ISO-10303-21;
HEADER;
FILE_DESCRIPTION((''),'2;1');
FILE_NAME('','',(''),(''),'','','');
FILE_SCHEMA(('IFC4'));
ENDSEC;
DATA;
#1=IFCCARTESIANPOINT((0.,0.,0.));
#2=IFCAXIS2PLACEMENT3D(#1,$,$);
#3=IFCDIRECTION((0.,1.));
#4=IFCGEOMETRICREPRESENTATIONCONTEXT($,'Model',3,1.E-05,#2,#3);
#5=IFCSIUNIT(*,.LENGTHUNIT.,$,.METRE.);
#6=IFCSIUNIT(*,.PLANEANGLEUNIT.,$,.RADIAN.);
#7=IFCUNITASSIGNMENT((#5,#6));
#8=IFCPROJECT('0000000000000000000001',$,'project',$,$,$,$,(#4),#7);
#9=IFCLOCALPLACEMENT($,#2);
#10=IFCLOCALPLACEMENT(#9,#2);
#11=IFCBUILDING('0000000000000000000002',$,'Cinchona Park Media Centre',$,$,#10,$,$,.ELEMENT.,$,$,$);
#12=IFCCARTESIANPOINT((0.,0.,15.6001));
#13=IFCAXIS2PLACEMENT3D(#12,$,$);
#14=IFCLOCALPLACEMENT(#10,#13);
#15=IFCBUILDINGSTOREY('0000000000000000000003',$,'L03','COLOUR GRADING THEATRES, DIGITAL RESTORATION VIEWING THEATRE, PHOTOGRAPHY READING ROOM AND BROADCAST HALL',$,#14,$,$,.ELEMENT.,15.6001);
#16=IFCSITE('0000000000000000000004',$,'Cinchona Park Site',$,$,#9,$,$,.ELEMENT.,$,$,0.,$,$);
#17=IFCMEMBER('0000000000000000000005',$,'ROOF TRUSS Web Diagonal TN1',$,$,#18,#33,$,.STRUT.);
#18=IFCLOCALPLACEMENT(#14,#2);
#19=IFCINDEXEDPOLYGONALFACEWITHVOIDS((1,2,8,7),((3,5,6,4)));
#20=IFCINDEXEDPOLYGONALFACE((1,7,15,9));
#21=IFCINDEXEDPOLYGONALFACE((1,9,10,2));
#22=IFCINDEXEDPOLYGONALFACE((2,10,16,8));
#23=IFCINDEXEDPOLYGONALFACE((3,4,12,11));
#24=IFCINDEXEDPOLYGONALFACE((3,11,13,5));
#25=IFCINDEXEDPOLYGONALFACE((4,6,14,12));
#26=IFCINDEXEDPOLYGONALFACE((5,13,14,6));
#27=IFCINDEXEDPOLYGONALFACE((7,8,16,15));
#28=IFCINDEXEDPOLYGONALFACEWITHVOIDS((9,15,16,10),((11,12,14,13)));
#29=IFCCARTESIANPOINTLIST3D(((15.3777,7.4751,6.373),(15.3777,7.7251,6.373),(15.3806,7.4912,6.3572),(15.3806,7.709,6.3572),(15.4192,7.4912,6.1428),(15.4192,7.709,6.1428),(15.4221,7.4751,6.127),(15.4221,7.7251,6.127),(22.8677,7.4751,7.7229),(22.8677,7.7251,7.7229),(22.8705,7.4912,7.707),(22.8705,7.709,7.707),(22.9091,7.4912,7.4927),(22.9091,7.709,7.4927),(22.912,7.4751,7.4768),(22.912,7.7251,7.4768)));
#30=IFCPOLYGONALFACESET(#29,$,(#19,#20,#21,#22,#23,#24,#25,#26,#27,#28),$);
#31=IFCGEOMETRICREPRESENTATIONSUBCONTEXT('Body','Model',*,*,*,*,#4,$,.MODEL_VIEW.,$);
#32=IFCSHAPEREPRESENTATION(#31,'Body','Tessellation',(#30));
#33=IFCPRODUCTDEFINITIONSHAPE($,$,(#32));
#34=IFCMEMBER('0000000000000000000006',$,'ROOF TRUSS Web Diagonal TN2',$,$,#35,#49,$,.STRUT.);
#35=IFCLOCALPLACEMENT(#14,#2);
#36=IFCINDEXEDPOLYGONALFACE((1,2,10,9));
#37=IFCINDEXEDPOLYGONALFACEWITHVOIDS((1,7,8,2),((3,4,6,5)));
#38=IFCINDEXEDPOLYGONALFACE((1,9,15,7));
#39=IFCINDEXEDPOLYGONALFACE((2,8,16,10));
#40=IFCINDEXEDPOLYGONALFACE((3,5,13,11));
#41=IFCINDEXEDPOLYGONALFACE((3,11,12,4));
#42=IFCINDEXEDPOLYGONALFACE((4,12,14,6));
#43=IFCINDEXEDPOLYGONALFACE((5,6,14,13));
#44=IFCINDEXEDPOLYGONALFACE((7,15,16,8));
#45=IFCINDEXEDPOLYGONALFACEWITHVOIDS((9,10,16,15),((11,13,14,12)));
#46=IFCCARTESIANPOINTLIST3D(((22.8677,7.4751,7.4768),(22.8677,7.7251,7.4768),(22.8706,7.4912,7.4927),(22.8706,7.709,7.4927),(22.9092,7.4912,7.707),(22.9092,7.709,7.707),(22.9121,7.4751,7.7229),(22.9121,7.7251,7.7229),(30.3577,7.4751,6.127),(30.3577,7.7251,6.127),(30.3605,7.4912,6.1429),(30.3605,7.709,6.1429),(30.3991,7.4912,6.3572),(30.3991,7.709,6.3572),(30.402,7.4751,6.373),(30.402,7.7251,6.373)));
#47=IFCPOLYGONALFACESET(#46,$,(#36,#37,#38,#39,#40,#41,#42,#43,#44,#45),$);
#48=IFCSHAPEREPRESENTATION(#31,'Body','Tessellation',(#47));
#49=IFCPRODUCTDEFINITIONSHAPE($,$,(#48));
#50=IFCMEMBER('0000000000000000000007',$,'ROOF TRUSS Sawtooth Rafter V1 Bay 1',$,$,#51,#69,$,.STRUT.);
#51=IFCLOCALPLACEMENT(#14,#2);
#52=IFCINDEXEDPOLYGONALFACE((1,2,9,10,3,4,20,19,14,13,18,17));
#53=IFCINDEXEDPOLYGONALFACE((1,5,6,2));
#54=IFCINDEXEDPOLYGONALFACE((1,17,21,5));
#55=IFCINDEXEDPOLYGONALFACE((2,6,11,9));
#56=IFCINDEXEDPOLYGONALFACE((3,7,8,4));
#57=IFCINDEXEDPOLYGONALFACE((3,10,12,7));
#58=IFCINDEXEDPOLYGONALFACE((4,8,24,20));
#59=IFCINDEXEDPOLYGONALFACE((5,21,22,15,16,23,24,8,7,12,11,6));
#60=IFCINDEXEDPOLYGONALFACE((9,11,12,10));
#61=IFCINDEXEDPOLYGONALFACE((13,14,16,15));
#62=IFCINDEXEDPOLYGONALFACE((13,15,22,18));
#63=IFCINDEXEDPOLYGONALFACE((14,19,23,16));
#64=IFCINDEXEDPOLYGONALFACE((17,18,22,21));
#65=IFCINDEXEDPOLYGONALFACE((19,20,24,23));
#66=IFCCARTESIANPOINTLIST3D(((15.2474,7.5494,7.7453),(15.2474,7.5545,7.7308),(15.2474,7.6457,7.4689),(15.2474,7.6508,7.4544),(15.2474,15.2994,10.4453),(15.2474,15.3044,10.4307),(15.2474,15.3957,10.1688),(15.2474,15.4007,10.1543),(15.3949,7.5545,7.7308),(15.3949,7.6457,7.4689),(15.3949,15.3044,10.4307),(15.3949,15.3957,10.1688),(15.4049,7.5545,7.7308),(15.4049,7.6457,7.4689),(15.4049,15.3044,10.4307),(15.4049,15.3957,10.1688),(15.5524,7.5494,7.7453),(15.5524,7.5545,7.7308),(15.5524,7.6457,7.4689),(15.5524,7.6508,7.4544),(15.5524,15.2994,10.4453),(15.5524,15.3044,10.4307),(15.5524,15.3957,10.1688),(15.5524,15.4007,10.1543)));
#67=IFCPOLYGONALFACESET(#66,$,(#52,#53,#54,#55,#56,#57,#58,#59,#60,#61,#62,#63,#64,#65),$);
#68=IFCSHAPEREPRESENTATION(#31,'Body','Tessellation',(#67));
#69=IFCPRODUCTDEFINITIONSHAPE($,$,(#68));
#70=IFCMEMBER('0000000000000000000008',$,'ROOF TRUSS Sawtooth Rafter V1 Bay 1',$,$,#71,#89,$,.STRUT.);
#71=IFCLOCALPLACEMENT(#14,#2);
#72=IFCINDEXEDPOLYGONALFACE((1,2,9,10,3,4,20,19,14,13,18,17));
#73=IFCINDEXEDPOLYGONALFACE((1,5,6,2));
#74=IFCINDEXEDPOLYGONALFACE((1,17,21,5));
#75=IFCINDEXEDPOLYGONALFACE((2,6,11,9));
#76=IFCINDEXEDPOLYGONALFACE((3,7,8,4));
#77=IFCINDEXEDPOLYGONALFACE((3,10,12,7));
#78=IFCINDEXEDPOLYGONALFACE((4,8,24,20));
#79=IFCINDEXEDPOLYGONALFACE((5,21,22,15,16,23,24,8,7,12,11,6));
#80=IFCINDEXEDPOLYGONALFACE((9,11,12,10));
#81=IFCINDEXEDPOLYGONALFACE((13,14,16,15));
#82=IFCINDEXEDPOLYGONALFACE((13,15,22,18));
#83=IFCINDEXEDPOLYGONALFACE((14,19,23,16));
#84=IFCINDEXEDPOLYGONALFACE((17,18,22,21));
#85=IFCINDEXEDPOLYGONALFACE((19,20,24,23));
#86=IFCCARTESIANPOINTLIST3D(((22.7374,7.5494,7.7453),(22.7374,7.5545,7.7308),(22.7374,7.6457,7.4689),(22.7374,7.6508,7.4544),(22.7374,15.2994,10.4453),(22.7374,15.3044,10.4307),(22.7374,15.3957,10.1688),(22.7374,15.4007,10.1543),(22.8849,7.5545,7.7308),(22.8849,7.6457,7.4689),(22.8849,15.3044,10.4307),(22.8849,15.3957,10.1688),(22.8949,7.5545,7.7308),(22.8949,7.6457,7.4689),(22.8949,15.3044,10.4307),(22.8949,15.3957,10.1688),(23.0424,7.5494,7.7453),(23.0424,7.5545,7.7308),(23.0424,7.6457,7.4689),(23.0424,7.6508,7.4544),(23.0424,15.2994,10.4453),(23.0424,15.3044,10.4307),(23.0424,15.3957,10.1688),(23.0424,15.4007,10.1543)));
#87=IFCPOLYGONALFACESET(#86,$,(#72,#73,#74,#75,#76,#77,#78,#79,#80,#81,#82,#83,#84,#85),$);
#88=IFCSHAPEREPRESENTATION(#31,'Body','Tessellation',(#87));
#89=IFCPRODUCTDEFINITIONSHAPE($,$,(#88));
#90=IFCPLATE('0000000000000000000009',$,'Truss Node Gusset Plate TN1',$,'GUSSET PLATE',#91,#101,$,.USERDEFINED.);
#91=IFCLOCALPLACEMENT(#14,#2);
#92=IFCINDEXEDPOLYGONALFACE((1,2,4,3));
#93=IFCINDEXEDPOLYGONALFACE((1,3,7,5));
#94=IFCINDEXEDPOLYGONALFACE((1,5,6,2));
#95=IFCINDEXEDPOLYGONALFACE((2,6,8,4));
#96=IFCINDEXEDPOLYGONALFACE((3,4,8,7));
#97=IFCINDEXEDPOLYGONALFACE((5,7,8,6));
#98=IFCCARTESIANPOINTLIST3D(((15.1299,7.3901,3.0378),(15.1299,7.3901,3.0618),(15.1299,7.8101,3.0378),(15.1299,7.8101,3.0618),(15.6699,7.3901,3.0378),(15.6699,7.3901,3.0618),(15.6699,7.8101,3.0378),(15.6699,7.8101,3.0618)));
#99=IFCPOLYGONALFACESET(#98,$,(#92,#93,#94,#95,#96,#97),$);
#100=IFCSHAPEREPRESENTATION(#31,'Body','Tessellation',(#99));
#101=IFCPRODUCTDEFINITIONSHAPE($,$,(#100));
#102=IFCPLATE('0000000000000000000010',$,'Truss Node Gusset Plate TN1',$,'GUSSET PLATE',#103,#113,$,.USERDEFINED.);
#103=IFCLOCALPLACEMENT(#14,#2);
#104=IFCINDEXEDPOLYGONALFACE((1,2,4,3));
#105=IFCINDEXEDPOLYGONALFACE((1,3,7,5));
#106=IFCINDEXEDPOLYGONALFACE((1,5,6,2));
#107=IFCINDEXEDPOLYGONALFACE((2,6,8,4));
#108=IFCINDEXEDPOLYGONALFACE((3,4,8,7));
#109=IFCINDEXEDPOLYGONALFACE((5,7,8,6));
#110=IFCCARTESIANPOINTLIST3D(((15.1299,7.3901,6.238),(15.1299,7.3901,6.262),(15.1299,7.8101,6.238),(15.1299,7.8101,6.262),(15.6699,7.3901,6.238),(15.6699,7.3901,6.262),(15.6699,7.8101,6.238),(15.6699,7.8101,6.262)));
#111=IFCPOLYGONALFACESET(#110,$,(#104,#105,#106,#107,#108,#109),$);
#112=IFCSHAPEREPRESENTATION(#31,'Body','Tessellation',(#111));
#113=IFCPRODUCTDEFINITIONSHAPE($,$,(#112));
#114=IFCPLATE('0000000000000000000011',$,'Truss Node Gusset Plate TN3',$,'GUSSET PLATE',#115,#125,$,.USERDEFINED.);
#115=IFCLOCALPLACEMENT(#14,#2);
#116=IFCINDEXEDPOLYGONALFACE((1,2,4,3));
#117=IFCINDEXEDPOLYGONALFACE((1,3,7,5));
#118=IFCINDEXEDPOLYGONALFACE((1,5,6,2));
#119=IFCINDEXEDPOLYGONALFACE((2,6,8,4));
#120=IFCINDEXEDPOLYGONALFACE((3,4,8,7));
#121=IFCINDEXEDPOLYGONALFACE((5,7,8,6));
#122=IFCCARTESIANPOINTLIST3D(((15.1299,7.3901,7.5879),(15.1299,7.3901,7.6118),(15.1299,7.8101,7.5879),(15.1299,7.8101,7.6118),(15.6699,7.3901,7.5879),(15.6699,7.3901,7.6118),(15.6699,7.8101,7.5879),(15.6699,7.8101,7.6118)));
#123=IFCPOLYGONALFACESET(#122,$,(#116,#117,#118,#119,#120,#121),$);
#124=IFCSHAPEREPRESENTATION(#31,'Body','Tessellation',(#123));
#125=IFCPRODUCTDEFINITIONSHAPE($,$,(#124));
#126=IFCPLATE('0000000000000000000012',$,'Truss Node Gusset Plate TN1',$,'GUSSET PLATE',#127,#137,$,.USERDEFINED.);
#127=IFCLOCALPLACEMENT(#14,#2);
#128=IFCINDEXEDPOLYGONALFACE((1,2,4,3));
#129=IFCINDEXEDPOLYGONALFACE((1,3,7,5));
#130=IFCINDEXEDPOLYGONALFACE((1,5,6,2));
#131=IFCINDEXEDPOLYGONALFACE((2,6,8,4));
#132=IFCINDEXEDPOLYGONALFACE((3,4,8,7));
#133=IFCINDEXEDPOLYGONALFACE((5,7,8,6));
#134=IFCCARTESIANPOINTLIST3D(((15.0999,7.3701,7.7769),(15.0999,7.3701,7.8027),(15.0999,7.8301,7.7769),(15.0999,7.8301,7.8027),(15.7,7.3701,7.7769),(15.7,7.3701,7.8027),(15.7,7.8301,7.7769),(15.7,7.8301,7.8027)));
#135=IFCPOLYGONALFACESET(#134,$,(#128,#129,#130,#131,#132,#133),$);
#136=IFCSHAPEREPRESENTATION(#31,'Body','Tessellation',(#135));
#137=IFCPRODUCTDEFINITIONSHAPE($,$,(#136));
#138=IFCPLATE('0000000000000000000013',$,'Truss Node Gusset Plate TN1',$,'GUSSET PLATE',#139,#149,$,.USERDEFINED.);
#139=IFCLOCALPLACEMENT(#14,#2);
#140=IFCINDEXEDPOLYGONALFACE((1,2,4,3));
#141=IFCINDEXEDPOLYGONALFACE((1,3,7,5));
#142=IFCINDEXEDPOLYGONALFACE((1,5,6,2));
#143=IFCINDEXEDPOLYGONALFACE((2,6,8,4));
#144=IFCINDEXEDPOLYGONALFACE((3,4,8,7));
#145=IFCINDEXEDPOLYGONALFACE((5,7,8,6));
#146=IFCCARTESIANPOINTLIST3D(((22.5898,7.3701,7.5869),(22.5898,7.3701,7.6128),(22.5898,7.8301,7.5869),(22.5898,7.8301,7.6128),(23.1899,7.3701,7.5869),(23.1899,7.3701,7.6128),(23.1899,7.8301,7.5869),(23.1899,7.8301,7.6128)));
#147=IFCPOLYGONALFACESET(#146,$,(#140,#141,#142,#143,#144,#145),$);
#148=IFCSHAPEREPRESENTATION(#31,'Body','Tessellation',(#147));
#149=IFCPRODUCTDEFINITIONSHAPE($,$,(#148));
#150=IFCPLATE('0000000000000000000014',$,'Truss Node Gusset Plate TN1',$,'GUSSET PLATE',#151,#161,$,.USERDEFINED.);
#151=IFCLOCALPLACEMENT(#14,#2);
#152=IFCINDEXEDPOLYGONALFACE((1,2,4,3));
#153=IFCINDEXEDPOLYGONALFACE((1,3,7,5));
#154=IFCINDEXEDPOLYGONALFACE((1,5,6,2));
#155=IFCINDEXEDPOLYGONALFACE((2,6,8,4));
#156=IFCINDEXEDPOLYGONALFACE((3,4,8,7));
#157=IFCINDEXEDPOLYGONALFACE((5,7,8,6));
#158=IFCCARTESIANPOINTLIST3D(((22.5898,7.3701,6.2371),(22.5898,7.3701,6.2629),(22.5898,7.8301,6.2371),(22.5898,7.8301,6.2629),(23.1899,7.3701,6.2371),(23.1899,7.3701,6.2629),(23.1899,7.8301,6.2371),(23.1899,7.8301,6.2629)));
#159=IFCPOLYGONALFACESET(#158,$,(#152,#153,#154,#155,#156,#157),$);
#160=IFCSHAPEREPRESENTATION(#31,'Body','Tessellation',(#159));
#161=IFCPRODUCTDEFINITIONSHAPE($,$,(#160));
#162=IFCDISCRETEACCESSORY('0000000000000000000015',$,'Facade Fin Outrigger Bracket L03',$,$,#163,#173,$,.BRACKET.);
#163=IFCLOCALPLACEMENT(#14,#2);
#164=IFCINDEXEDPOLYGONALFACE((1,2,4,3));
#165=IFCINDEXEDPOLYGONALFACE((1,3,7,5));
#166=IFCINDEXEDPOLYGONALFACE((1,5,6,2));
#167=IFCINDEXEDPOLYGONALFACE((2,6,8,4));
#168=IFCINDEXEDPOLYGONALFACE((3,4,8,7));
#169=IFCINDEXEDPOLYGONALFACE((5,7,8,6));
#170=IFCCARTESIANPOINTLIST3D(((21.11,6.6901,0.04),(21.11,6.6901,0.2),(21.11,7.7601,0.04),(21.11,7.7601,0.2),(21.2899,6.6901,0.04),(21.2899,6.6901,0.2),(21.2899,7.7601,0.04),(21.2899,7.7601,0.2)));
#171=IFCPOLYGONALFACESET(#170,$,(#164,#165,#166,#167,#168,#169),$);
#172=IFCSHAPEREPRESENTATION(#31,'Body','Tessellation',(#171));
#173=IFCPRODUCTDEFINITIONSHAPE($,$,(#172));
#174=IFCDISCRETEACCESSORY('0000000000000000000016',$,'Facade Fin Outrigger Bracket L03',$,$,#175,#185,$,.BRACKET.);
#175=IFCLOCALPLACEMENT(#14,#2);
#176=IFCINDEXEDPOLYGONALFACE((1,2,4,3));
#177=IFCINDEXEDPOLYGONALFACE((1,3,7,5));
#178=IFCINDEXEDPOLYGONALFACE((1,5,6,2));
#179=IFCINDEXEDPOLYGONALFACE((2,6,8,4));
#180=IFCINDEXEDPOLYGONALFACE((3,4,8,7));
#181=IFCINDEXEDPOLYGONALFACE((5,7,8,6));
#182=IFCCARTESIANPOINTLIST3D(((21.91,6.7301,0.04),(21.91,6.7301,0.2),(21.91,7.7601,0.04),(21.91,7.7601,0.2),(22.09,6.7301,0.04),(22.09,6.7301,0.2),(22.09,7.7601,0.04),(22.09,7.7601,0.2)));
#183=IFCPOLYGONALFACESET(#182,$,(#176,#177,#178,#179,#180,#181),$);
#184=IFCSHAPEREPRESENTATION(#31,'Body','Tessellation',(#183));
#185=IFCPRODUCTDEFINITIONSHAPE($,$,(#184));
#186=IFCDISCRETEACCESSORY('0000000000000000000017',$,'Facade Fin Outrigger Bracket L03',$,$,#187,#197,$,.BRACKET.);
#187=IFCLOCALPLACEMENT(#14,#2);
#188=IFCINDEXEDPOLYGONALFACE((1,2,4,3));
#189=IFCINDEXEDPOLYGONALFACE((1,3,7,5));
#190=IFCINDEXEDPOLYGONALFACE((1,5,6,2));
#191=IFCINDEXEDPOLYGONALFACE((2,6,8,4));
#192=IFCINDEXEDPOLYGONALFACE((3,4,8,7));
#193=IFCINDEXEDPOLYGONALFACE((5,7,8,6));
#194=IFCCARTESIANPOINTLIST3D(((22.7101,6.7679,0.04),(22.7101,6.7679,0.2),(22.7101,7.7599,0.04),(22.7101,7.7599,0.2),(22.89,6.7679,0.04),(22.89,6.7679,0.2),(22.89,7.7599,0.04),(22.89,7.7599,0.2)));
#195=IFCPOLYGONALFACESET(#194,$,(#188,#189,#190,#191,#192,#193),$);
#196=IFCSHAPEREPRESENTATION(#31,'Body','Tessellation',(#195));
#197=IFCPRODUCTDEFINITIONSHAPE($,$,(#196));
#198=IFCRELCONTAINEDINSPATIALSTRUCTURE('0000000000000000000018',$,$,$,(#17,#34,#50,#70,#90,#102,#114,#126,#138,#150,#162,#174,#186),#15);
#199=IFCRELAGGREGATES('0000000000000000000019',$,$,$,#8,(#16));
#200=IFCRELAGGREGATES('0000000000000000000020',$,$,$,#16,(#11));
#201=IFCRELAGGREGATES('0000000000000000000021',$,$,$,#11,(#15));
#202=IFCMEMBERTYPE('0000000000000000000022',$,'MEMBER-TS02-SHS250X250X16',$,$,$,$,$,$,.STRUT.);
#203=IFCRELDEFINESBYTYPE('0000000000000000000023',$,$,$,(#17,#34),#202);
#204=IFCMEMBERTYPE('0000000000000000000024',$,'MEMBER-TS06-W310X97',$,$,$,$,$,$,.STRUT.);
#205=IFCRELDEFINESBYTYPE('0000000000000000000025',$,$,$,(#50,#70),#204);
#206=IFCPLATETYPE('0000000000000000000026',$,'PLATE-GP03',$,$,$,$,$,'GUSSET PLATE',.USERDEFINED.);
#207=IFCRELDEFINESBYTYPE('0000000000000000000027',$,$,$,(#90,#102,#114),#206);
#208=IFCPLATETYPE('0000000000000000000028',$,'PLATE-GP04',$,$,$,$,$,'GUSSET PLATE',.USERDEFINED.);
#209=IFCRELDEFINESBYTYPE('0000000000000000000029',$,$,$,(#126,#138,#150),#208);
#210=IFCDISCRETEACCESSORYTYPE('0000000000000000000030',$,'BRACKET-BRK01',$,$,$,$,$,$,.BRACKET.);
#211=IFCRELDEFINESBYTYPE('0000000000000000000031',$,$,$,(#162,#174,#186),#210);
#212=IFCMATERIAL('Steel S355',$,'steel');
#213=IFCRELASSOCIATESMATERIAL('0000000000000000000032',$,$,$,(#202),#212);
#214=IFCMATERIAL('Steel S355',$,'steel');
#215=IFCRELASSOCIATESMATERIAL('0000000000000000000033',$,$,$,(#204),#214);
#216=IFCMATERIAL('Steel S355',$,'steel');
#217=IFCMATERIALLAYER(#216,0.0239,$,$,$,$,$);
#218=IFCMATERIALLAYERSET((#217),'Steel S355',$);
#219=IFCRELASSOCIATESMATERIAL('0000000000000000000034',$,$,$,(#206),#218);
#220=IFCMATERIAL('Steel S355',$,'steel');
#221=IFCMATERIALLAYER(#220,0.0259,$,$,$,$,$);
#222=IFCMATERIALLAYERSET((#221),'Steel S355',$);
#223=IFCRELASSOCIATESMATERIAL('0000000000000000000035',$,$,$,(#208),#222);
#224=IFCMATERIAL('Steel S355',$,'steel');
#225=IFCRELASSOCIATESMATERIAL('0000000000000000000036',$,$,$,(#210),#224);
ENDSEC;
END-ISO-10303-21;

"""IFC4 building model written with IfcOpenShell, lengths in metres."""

from ifc_helpers import new_model, si_unit, direction, frame, origin, origin_2d, place, context, subcontext, project, spatial, rectangle, hollow_rectangle, i_section, extrude, material, layer, layer_set, material_profile, profile_set, type_object, element, save


model = new_model("IFC4")

# Units and contexts
model_context = context("Model", 3, precision=1e-05, world=origin(), true_north=direction((0.0, 1.0)))
body_context = subcontext(model_context, "Body", "Model", "MODEL_VIEW")
ifc_project = project(units=[si_unit("LENGTHUNIT", "METRE"), si_unit("PLANEANGLEUNIT", "RADIAN")], contexts=[model_context])

# Site, building, storey
site_placement = place(None, origin())
site = spatial("IfcSite", under=ifc_project, at=site_placement, Name="Cinchona Park Site", CompositionType="ELEMENT", RefElevation=0.0)
building_placement = place(site_placement, origin())
building = spatial("IfcBuilding", under=site, at=building_placement, Name="Cinchona Park Media Centre", CompositionType="ELEMENT")
storey_placement = place(building_placement, frame((0.0, 0.0, 15.6001)))
storey = spatial("IfcBuildingStorey", under=building, at=storey_placement, Name="L03", Description="COLOUR GRADING THEATRES, DIGITAL RESTORATION VIEWING THEATRE, PHOTOGRAPHY READING ROOM AND BROADCAST HALL", CompositionType="ELEMENT", Elevation=15.6001)

# Members
ifc_material_1 = material(Name="Steel S355", Category="steel")
ifc_material_profile_1 = material_profile(ifc_material_1, hollow_rectangle(XDim=0.25, YDim=0.25, WallThickness=0.0161, at=origin_2d()), Name="250X250X16SHS")
ifc_profile_set_1 = profile_set([ifc_material_profile_1], Name="Steel S355")
member_type_1 = type_object("IfcMemberType", Name="MEMBER-TS02-SHS250X250X16", PredefinedType="STRUT", material=ifc_profile_set_1)
for number, where, z_axis, x_axis, name in (
    (1, (15.3999, 7.6001, 6.25), (0.984145, 0.0, 0.177364), (0.0, 1.0, 0.0), "ROOF TRUSS Web Diagonal TN1"),
    (2, (22.8899, 7.6001, 7.5999), (0.984145, 0.0, -0.177364), (0.0, 1.0, 0.0), "ROOF TRUSS Web Diagonal TN2"),
):
    element("IfcMember", number, at=place(storey_placement, frame(where, z_axis=z_axis, x_axis=x_axis)), inside=storey, type_object=member_type_1, Name=name, PredefinedType="STRUT", context=body_context, shape_type="SweptSolid", body=[
        extrude(hollow_rectangle(XDim=0.25, YDim=0.25, WallThickness=0.0161, at=origin_2d()), origin(), (0.0, 0.0, 1.0), 7.6106),
    ])
ifc_material_2 = material(Name="Steel S355", Category="steel")
ifc_material_profile_2 = material_profile(ifc_material_2, i_section(OverallWidth=0.3049, OverallDepth=0.3081, WebThickness=0.01, FlangeThickness=0.0154, at=origin_2d()), Name="W310X97")
ifc_profile_set_2 = profile_set([ifc_material_profile_2], Name="Steel S355")
member_type_2 = type_object("IfcMemberType", Name="MEMBER-TS06-W310X97", PredefinedType="STRUT", material=ifc_profile_set_2)
for number, where, z_axis, x_axis, name in (
    (3, (15.3999, 7.6001, 7.5999), (0.0, 0.944334, 0.328988), (-1.0, 0.0, 0.0), "ROOF TRUSS Sawtooth Rafter V1 Bay 1"),
    (4, (22.8899, 7.6001, 7.5999), (0.0, 0.944334, 0.328988), (-1.0, 0.0, 0.0), "ROOF TRUSS Sawtooth Rafter V1 Bay 1"),
):
    element("IfcMember", number, at=place(storey_placement, frame(where, z_axis=z_axis, x_axis=x_axis)), inside=storey, type_object=member_type_2, Name=name, PredefinedType="STRUT", context=body_context, shape_type="SweptSolid", body=[
        extrude(i_section(OverallWidth=0.3049, OverallDepth=0.3081, WebThickness=0.01, FlangeThickness=0.0154, at=origin_2d()), origin(), (0.0, 0.0, 1.0), 8.2068),
    ])

# Plates
ifc_material_3 = material(Name="Steel S355", Category="steel")
ifc_layer_1 = layer(ifc_material_3, 0.0239)
ifc_layer_set_1 = layer_set([ifc_layer_1], Name="Steel S355")
plate_type_1 = type_object("IfcPlateType", Name="PLATE-GP03", ElementType="GUSSET PLATE", PredefinedType="USERDEFINED", material=ifc_layer_set_1)
for number, where, z_axis, x_axis, name in (
    (5, (15.3999, 7.6001, 3.0378), (0.0, 0.0, 1.0), (1.0, 0.0, 0.0), "Truss Node Gusset Plate TN1"),
    (6, (15.3999, 7.6001, 6.238), (0.0, 0.0, 1.0), (1.0, 0.0, 0.0), "Truss Node Gusset Plate TN1"),
    (7, (15.3999, 7.6001, 7.5879), (0.0, 0.0, 1.0), (1.0, 0.0, 0.0), "Truss Node Gusset Plate TN3"),
):
    element("IfcPlate", number, at=place(storey_placement, frame(where, z_axis=z_axis, x_axis=x_axis)), inside=storey, type_object=plate_type_1, Name=name, ObjectType="GUSSET PLATE", PredefinedType="USERDEFINED", context=body_context, shape_type="SweptSolid", body=[
        extrude(rectangle(XDim=0.54, YDim=0.4199, at=origin_2d()), origin(), (0.0, 0.0, 1.0), 0.0239),
    ])
ifc_material_4 = material(Name="Steel S355", Category="steel")
ifc_layer_2 = layer(ifc_material_4, 0.0259)
ifc_layer_set_2 = layer_set([ifc_layer_2], Name="Steel S355")
plate_type_2 = type_object("IfcPlateType", Name="PLATE-GP04", ElementType="GUSSET PLATE", PredefinedType="USERDEFINED", material=ifc_layer_set_2)
for number, where, z_axis, x_axis, name in (
    (8, (15.3999, 7.6001, 7.7769), (0.0, 0.0, 1.0), (1.0, 0.0, 0.0), "Truss Node Gusset Plate TN1"),
    (9, (22.8899, 7.6001, 7.5869), (0.0, 0.0, 1.0), (1.0, 0.0, 0.0), "Truss Node Gusset Plate TN1"),
    (10, (22.8899, 7.6001, 6.2371), (0.0, 0.0, 1.0), (1.0, 0.0, 0.0), "Truss Node Gusset Plate TN1"),
):
    element("IfcPlate", number, at=place(storey_placement, frame(where, z_axis=z_axis, x_axis=x_axis)), inside=storey, type_object=plate_type_2, Name=name, ObjectType="GUSSET PLATE", PredefinedType="USERDEFINED", context=body_context, shape_type="SweptSolid", body=[
        extrude(rectangle(XDim=0.6001, YDim=0.46, at=origin_2d()), origin(), (0.0, 0.0, 1.0), 0.0259),
    ])

# Discrete accessories
ifc_material_5 = material(Name="Steel S355", Category="steel")
discrete_accessory_type = type_object("IfcDiscreteAccessoryType", Name="BRACKET-BRK01", PredefinedType="BRACKET", material=ifc_material_5)
discrete_accessory_1_placement = place(storey_placement, frame((21.2, 7.2251, 0.04), z_axis=(0.0, 0.0, 1.0), x_axis=(1.0, 0.0, 0.0)))
element("IfcDiscreteAccessory", 11, at=discrete_accessory_1_placement, inside=storey, type_object=discrete_accessory_type, Name="Facade Fin Outrigger Bracket L03", PredefinedType="BRACKET", context=body_context, shape_type="SweptSolid", body=[
    extrude(rectangle(XDim=0.1799, YDim=1.0701, at=origin_2d()), origin(), (0.0, 0.0, 1.0), 0.1599),
])
discrete_accessory_2_placement = place(storey_placement, frame((22.0, 7.2451, 0.04), z_axis=(0.0, 0.0, 1.0), x_axis=(1.0, 0.0, 0.0)))
element("IfcDiscreteAccessory", 12, at=discrete_accessory_2_placement, inside=storey, type_object=discrete_accessory_type, Name="Facade Fin Outrigger Bracket L03", PredefinedType="BRACKET", context=body_context, shape_type="SweptSolid", body=[
    extrude(rectangle(XDim=0.1799, YDim=1.03, at=origin_2d()), origin(), (0.0, 0.0, 1.0), 0.1599),
])
discrete_accessory_3_placement = place(storey_placement, frame((22.8, 7.2639, 0.04), z_axis=(0.0, 0.0, 1.0), x_axis=(1.0, 0.0, 0.0)))
element("IfcDiscreteAccessory", 13, at=discrete_accessory_3_placement, inside=storey, type_object=discrete_accessory_type, Name="Facade Fin Outrigger Bracket L03", PredefinedType="BRACKET", context=body_context, shape_type="SweptSolid", body=[
    extrude(rectangle(XDim=0.1799, YDim=0.9919, at=origin_2d()), origin(), (0.0, 0.0, 1.0), 0.1599),
])

save(model, "model.ifc")
